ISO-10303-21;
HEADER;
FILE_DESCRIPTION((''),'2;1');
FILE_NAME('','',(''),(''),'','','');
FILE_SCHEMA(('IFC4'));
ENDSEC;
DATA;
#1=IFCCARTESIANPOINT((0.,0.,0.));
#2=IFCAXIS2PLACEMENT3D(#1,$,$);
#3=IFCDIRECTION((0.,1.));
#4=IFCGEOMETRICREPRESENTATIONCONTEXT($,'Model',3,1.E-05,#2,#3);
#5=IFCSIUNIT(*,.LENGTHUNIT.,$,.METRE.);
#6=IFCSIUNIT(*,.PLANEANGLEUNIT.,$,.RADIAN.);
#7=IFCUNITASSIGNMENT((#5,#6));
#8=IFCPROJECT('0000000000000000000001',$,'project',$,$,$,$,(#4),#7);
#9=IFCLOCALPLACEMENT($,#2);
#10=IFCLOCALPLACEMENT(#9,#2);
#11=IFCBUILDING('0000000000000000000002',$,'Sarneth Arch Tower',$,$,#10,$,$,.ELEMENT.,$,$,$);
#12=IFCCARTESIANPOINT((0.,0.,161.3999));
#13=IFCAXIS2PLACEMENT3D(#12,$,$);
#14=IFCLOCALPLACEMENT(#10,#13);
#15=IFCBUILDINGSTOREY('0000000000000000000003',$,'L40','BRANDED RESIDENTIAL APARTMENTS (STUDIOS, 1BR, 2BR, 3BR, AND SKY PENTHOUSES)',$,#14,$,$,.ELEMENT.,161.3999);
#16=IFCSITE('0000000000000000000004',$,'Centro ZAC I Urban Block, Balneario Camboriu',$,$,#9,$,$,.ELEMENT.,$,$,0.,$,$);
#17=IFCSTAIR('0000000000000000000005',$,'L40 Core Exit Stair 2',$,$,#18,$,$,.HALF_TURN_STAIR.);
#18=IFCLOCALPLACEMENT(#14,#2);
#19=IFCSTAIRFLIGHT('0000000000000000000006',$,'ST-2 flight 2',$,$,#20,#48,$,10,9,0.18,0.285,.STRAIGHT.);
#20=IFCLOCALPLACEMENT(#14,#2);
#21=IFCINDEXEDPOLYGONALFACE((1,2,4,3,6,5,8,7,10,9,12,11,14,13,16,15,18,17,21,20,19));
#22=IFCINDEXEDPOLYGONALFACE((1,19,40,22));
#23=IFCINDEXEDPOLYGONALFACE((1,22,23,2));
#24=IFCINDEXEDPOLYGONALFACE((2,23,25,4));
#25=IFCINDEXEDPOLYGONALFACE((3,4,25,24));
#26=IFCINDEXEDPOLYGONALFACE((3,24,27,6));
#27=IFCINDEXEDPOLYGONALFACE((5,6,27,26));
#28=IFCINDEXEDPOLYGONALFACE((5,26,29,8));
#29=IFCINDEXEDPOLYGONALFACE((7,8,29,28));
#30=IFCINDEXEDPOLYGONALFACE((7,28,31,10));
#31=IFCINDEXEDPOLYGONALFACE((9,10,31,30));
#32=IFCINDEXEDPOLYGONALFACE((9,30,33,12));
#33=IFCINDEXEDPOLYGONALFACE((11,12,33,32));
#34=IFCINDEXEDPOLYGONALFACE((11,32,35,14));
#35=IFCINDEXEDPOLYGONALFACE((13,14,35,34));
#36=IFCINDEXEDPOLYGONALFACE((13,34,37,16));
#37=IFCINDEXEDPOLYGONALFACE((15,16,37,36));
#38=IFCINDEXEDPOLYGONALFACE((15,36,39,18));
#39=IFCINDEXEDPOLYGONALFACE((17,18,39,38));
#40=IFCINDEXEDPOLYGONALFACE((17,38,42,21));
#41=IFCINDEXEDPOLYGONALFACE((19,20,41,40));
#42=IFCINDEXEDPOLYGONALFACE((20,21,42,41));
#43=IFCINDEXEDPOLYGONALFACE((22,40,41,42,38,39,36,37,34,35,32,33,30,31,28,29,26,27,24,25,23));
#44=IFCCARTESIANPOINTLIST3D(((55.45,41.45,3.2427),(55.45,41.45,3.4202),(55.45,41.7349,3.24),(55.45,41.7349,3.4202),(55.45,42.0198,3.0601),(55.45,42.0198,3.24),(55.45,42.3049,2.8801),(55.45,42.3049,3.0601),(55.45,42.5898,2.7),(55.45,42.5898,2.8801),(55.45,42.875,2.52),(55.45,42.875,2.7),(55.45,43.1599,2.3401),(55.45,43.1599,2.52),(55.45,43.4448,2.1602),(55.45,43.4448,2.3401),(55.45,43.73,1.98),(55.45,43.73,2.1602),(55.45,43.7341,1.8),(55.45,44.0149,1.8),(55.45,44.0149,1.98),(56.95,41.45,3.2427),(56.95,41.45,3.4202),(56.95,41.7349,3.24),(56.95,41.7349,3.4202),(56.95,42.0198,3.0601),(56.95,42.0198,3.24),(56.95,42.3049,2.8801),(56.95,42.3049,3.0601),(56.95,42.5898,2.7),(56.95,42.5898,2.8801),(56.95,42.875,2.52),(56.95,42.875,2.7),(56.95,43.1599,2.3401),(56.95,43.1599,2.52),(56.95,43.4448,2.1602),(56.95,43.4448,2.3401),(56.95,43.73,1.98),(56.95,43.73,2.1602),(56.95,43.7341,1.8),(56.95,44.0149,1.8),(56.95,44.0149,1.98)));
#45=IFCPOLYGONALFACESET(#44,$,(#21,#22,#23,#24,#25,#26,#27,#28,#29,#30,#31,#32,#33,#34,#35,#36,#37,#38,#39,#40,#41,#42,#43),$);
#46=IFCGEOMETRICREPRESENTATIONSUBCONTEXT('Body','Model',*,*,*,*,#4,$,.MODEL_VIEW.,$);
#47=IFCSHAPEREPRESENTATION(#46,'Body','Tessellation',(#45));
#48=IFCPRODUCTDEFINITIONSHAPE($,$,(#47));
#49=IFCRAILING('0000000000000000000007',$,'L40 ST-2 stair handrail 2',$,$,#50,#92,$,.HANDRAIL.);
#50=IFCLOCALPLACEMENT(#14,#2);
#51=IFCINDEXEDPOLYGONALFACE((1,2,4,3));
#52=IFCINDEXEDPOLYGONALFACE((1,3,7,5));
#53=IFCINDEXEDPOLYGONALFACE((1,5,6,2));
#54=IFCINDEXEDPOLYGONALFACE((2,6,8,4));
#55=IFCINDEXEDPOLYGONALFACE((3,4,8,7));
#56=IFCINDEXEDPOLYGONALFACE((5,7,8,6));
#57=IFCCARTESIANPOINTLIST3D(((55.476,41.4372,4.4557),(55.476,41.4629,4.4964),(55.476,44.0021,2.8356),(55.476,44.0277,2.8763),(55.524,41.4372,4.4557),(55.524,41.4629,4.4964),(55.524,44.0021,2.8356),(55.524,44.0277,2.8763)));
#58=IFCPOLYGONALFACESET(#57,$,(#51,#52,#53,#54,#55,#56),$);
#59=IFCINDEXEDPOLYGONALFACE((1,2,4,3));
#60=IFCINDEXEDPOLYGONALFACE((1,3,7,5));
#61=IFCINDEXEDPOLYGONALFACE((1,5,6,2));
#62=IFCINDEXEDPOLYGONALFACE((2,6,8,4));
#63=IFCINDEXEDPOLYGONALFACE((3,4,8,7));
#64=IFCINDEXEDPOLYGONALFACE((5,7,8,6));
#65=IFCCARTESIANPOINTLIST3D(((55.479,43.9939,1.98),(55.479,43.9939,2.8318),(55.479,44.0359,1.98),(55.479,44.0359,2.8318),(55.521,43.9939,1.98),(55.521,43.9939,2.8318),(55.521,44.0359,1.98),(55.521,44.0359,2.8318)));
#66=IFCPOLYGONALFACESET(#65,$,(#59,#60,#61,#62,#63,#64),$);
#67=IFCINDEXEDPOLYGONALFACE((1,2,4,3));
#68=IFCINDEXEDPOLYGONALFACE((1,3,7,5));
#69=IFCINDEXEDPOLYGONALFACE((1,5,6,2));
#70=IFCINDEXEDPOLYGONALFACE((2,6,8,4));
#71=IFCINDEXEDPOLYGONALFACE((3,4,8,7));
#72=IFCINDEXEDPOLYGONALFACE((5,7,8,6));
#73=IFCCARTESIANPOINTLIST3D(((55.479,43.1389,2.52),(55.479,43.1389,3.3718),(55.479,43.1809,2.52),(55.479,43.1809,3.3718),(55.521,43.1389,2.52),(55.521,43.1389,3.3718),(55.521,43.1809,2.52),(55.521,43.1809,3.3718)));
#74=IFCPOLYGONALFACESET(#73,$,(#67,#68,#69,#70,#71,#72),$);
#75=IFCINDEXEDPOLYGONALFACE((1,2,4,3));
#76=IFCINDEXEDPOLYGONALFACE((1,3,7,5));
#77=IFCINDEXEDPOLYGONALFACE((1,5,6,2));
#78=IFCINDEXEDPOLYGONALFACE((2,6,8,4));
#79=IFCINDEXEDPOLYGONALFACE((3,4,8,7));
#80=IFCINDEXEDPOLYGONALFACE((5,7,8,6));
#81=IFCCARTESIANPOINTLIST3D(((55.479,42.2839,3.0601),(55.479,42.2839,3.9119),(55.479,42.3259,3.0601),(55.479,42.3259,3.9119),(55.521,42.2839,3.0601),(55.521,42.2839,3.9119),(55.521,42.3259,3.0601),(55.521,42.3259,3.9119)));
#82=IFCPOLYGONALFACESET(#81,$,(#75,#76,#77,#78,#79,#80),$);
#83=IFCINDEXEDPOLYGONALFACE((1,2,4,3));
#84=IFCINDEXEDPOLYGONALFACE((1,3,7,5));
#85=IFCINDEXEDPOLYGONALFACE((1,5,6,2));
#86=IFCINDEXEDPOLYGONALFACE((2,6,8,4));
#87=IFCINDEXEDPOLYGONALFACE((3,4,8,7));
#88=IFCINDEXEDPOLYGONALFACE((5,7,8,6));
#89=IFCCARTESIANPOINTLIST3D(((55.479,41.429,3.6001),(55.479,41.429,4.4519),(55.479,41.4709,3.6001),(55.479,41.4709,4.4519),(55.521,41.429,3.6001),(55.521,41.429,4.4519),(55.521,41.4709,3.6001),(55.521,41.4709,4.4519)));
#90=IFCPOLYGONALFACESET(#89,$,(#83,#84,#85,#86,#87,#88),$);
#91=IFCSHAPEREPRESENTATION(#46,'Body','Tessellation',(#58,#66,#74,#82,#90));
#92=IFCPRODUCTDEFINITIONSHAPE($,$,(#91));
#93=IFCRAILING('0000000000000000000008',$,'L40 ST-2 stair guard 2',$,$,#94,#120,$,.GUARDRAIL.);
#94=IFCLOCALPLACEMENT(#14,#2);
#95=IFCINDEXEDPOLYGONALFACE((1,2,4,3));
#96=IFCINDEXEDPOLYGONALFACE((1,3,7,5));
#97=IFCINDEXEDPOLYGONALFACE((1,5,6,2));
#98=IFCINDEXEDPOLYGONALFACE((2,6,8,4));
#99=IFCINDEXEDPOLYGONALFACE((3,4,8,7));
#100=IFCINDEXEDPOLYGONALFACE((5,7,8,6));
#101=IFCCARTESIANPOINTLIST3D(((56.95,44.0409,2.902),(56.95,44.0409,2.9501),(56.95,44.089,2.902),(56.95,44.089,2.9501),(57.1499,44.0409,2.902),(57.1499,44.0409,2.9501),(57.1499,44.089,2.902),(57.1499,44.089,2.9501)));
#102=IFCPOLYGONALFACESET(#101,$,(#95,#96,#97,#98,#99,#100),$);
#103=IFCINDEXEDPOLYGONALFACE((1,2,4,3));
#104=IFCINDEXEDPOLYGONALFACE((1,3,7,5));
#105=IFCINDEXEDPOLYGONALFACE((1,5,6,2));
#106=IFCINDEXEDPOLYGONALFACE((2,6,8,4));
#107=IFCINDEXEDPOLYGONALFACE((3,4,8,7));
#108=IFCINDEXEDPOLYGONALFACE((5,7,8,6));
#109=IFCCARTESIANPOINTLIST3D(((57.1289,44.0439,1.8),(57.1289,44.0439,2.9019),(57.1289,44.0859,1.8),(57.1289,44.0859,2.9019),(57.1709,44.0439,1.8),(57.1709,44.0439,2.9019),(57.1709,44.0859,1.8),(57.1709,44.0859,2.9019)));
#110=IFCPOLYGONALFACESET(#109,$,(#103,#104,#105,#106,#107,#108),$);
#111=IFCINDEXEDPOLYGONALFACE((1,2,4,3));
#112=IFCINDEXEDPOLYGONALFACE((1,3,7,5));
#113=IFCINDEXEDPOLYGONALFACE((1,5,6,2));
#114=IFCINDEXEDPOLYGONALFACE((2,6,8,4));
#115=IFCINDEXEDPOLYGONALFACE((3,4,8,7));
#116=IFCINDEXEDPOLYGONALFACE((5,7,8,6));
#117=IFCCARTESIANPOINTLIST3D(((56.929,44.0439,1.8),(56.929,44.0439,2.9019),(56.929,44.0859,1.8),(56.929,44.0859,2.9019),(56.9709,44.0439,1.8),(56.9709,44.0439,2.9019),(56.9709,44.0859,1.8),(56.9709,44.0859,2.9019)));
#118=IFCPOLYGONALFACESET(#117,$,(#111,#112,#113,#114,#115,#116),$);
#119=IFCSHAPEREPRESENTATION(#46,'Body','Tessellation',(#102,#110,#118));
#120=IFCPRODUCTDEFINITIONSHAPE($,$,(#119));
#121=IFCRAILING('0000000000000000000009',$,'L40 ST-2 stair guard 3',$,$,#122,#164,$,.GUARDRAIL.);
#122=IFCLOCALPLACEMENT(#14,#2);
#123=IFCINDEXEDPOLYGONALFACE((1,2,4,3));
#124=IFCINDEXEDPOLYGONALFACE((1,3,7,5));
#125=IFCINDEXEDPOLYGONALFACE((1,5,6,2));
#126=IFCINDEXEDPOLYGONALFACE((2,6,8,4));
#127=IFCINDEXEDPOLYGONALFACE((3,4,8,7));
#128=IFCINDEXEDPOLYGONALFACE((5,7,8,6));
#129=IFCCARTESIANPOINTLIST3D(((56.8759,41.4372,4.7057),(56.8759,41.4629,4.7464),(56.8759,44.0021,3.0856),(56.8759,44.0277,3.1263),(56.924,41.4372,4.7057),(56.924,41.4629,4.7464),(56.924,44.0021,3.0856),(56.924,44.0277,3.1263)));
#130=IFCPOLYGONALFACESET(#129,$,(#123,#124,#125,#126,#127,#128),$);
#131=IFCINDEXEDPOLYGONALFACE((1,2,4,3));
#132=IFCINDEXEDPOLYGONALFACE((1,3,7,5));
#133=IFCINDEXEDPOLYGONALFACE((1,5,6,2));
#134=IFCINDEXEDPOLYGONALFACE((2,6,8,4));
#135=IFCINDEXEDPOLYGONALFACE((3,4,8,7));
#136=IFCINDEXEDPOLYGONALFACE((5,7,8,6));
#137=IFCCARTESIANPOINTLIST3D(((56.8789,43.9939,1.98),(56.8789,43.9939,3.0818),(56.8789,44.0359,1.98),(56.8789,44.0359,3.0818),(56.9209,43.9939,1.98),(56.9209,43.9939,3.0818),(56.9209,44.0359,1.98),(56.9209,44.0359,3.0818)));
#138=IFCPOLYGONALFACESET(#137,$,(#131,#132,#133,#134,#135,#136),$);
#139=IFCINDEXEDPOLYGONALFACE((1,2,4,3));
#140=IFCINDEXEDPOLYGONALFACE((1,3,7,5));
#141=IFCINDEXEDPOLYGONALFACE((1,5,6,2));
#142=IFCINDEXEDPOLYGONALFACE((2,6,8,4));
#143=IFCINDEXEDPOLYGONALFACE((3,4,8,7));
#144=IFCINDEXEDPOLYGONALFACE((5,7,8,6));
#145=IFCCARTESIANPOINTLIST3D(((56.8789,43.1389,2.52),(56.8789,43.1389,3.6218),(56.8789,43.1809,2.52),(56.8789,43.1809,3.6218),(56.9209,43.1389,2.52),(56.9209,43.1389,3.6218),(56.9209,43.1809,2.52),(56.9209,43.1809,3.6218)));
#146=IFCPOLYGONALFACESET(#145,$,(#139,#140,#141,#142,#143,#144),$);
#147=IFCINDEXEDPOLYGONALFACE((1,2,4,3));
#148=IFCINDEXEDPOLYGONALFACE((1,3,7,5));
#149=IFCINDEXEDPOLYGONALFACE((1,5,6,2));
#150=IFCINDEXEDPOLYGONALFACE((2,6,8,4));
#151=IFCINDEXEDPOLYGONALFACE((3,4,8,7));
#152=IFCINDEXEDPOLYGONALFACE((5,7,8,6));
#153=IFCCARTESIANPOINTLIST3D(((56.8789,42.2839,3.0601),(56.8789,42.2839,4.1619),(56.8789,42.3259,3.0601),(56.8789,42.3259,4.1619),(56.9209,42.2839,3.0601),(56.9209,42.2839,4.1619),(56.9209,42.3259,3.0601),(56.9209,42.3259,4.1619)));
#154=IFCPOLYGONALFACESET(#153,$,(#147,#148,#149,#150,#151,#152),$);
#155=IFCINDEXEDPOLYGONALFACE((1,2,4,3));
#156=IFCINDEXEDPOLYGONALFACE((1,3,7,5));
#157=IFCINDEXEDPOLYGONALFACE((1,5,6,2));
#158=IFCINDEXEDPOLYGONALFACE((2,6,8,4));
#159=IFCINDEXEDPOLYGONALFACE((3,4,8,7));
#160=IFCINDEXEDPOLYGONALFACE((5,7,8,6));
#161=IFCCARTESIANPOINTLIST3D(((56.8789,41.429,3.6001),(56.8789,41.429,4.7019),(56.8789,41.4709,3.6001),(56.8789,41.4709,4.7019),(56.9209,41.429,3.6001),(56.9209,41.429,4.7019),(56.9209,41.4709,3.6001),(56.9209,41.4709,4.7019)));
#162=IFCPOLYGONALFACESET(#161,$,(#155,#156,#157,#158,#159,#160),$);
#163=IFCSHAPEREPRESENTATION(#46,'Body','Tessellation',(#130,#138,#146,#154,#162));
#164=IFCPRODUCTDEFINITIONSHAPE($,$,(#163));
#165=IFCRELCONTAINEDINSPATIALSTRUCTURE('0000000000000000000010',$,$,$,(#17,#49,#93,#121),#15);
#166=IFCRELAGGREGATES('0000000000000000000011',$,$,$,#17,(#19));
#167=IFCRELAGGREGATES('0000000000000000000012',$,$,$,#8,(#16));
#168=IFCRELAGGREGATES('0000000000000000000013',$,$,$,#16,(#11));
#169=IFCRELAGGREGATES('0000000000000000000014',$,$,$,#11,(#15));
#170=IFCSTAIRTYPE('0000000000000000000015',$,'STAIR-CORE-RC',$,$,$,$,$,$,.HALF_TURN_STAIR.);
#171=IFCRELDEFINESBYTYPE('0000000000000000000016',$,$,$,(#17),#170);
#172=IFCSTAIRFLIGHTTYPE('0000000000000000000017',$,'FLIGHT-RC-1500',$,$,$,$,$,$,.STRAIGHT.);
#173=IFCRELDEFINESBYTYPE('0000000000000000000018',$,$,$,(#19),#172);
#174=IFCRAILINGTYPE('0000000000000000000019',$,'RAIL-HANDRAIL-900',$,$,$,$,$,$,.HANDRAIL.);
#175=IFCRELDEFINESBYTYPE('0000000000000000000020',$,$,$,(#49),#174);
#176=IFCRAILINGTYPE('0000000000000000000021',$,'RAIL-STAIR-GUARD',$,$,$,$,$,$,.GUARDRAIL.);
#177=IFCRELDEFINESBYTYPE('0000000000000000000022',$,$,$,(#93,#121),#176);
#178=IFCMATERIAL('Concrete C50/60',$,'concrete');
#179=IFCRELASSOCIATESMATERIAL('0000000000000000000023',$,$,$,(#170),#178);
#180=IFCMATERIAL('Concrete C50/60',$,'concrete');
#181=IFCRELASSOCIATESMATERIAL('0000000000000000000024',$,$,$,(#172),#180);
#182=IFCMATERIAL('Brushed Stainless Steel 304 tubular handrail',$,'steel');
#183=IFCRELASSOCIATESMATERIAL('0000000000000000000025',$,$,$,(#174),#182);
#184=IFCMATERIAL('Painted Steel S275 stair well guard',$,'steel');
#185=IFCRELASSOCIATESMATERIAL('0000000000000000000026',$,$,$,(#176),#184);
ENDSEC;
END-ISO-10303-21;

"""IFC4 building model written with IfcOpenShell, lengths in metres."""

from ifc_helpers import new_model, si_unit, direction, frame, origin, origin_2d, place, context, subcontext, project, spatial, polyline, rectangle, outline, extrude, material, type_object, element, aggregate, save


model = new_model("IFC4")

# Units and contexts
model_context = context("Model", 3, precision=1e-05, world=origin(), true_north=direction((0.0, 1.0)))
body_context = subcontext(model_context, "Body", "Model", "MODEL_VIEW")
ifc_project = project(units=[si_unit("LENGTHUNIT", "METRE"), si_unit("PLANEANGLEUNIT", "RADIAN")], contexts=[model_context])

# Site, building, storey
site_placement = place(None, origin())
site = spatial("IfcSite", under=ifc_project, at=site_placement, Name="Centro ZAC I Urban Block, Balneario Camboriu", CompositionType="ELEMENT", RefElevation=0.0)
building_placement = place(site_placement, origin())
building = spatial("IfcBuilding", under=site, at=building_placement, Name="Sarneth Arch Tower", CompositionType="ELEMENT")
storey_placement = place(building_placement, frame((0.0, 0.0, 161.3999)))
storey = spatial("IfcBuildingStorey", under=building, at=storey_placement, Name="L40", Description="BRANDED RESIDENTIAL APARTMENTS (STUDIOS, 1BR, 2BR, 3BR, AND SKY PENTHOUSES)", CompositionType="ELEMENT", Elevation=161.3999)

# Stair, stair flight
ifc_material_1 = material(Name="Concrete C50/60", Category="concrete")
stair_type = type_object("IfcStairType", Name="STAIR-CORE-RC", PredefinedType="HALF_TURN_STAIR", material=ifc_material_1)
stair_placement = place(storey_placement, origin())
stair = element("IfcStair", 1, at=stair_placement, inside=storey, type_object=stair_type, Name="L40 Core Exit Stair 2", PredefinedType="HALF_TURN_STAIR")
ifc_material_2 = material(Name="Concrete C50/60", Category="concrete")
stair_flight_type = type_object("IfcStairFlightType", Name="FLIGHT-RC-1500", PredefinedType="STRAIGHT", material=ifc_material_2)
stair_flight_placement = place(storey_placement, frame((56.2, 44.0149, 1.8), z_axis=(0.0, 0.0, 1.0), x_axis=(0.0, -1.0, 0.0)))
stair_flight = element("IfcStairFlight", 2, at=stair_flight_placement, type_object=stair_flight_type, Name="ST-2 flight 2", NumberOfRisers=10, NumberOfTreads=9, PredefinedType="STRAIGHT", RiserHeight=0.18, TreadLength=0.285, context=body_context, shape_type="SweptSolid", body=[
    extrude(outline(polyline([(0.0, 0.0), (0.0, 0.1799), (0.2849, 0.1799), (0.2849, 0.3601), (0.5701, 0.3601), (0.5701, 0.54), (0.855, 0.54), (0.855, 0.72), (1.1399, 0.72), (1.1399, 0.8999), (1.425, 0.8999), (1.425, 1.0801), (1.71, 1.0801), (1.71, 1.26), (1.9951, 1.26), (1.9951, 1.4399), (2.28, 1.4399), (2.28, 1.6201), (2.5649, 1.6201), (2.5649, 1.8), (2.5649, 1.4426), (0.2808, 0.0), (0.0, 0.0)])), frame((0.0, 0.75, 0.0), z_axis=(0.0, -1.0, 0.0), x_axis=(1.0, 0.0, 0.0)), (0.0, 0.0, 1.0), 1.5),
])
aggregate(stair, [stair_flight])

# Railings
ifc_material_3 = material(Name="Brushed Stainless Steel 304 tubular handrail", Category="steel")
railing_type_1 = type_object("IfcRailingType", Name="RAIL-HANDRAIL-900", PredefinedType="HANDRAIL", material=ifc_material_3)
railing_1_placement = place(storey_placement, frame((55.5, 44.0149, 1.98)))
element("IfcRailing", 3, at=railing_1_placement, inside=storey, type_object=railing_type_1, Name="L40 ST-2 stair handrail 2", PredefinedType="HANDRAIL", context=body_context, shape_type="SweptSolid", body=[
    extrude(rectangle(XDim=0.0481, YDim=0.0481, at=origin_2d()), frame((0.0, 0.0, 0.876), z_axis=(0.0, -0.845466, 0.534029), x_axis=(1.0, 0.0, 0.0)), (0.0, 0.0, 1.0), 3.0337),
    extrude(rectangle(XDim=0.042, YDim=0.042, at=origin_2d()), origin(), (0.0, 0.0, 1.0), 0.8518),
    extrude(rectangle(XDim=0.042, YDim=0.042, at=origin_2d()), frame((0.0, -0.855, 0.54)), (0.0, 0.0, 1.0), 0.8518),
    extrude(rectangle(XDim=0.042, YDim=0.042, at=origin_2d()), frame((0.0, -1.71, 1.0801)), (0.0, 0.0, 1.0), 0.8518),
    extrude(rectangle(XDim=0.042, YDim=0.042, at=origin_2d()), frame((0.0, -2.5649, 1.6201)), (0.0, 0.0, 1.0), 0.8518),
])
ifc_material_4 = material(Name="Painted Steel S275 stair well guard", Category="steel")
railing_type_2 = type_object("IfcRailingType", Name="RAIL-STAIR-GUARD", PredefinedType="GUARDRAIL", material=ifc_material_4)
railing_2_placement = place(storey_placement, frame((57.1499, 44.0649, 1.8)))
element("IfcRailing", 4, at=railing_2_placement, inside=storey, type_object=railing_type_2, Name="L40 ST-2 stair guard 2", PredefinedType="GUARDRAIL", context=body_context, shape_type="SweptSolid", body=[
    extrude(rectangle(XDim=0.0481, YDim=0.0481, at=origin_2d()), frame((0.0, 0.0, 1.126), z_axis=(-1.0, 0.0, 0.0), x_axis=(0.0, -1.0, 0.0)), (0.0, 0.0, 1.0), 0.2),
    extrude(rectangle(XDim=0.042, YDim=0.042, at=origin_2d()), origin(), (0.0, 0.0, 1.0), 1.1018),
    extrude(rectangle(XDim=0.042, YDim=0.042, at=origin_2d()), frame((-0.2, 0.0, 0.0)), (0.0, 0.0, 1.0), 1.1018),
])
railing_3_placement = place(storey_placement, frame((56.8999, 44.0149, 1.98)))
element("IfcRailing", 5, at=railing_3_placement, inside=storey, type_object=railing_type_2, Name="L40 ST-2 stair guard 3", PredefinedType="GUARDRAIL", context=body_context, shape_type="SweptSolid", body=[
    extrude(rectangle(XDim=0.0481, YDim=0.0481, at=origin_2d()), frame((0.0, 0.0, 1.126), z_axis=(0.0, -0.845466, 0.534029), x_axis=(1.0, 0.0, 0.0)), (0.0, 0.0, 1.0), 3.0337),
    extrude(rectangle(XDim=0.042, YDim=0.042, at=origin_2d()), origin(), (0.0, 0.0, 1.0), 1.1018),
    extrude(rectangle(XDim=0.042, YDim=0.042, at=origin_2d()), frame((0.0, -0.855, 0.54)), (0.0, 0.0, 1.0), 1.1018),
    extrude(rectangle(XDim=0.042, YDim=0.042, at=origin_2d()), frame((0.0, -1.71, 1.0801)), (0.0, 0.0, 1.0), 1.1018),
    extrude(rectangle(XDim=0.042, YDim=0.042, at=origin_2d()), frame((0.0, -2.5649, 1.6201)), (0.0, 0.0, 1.0), 1.1018),
])

save(model, "model.ifc")
